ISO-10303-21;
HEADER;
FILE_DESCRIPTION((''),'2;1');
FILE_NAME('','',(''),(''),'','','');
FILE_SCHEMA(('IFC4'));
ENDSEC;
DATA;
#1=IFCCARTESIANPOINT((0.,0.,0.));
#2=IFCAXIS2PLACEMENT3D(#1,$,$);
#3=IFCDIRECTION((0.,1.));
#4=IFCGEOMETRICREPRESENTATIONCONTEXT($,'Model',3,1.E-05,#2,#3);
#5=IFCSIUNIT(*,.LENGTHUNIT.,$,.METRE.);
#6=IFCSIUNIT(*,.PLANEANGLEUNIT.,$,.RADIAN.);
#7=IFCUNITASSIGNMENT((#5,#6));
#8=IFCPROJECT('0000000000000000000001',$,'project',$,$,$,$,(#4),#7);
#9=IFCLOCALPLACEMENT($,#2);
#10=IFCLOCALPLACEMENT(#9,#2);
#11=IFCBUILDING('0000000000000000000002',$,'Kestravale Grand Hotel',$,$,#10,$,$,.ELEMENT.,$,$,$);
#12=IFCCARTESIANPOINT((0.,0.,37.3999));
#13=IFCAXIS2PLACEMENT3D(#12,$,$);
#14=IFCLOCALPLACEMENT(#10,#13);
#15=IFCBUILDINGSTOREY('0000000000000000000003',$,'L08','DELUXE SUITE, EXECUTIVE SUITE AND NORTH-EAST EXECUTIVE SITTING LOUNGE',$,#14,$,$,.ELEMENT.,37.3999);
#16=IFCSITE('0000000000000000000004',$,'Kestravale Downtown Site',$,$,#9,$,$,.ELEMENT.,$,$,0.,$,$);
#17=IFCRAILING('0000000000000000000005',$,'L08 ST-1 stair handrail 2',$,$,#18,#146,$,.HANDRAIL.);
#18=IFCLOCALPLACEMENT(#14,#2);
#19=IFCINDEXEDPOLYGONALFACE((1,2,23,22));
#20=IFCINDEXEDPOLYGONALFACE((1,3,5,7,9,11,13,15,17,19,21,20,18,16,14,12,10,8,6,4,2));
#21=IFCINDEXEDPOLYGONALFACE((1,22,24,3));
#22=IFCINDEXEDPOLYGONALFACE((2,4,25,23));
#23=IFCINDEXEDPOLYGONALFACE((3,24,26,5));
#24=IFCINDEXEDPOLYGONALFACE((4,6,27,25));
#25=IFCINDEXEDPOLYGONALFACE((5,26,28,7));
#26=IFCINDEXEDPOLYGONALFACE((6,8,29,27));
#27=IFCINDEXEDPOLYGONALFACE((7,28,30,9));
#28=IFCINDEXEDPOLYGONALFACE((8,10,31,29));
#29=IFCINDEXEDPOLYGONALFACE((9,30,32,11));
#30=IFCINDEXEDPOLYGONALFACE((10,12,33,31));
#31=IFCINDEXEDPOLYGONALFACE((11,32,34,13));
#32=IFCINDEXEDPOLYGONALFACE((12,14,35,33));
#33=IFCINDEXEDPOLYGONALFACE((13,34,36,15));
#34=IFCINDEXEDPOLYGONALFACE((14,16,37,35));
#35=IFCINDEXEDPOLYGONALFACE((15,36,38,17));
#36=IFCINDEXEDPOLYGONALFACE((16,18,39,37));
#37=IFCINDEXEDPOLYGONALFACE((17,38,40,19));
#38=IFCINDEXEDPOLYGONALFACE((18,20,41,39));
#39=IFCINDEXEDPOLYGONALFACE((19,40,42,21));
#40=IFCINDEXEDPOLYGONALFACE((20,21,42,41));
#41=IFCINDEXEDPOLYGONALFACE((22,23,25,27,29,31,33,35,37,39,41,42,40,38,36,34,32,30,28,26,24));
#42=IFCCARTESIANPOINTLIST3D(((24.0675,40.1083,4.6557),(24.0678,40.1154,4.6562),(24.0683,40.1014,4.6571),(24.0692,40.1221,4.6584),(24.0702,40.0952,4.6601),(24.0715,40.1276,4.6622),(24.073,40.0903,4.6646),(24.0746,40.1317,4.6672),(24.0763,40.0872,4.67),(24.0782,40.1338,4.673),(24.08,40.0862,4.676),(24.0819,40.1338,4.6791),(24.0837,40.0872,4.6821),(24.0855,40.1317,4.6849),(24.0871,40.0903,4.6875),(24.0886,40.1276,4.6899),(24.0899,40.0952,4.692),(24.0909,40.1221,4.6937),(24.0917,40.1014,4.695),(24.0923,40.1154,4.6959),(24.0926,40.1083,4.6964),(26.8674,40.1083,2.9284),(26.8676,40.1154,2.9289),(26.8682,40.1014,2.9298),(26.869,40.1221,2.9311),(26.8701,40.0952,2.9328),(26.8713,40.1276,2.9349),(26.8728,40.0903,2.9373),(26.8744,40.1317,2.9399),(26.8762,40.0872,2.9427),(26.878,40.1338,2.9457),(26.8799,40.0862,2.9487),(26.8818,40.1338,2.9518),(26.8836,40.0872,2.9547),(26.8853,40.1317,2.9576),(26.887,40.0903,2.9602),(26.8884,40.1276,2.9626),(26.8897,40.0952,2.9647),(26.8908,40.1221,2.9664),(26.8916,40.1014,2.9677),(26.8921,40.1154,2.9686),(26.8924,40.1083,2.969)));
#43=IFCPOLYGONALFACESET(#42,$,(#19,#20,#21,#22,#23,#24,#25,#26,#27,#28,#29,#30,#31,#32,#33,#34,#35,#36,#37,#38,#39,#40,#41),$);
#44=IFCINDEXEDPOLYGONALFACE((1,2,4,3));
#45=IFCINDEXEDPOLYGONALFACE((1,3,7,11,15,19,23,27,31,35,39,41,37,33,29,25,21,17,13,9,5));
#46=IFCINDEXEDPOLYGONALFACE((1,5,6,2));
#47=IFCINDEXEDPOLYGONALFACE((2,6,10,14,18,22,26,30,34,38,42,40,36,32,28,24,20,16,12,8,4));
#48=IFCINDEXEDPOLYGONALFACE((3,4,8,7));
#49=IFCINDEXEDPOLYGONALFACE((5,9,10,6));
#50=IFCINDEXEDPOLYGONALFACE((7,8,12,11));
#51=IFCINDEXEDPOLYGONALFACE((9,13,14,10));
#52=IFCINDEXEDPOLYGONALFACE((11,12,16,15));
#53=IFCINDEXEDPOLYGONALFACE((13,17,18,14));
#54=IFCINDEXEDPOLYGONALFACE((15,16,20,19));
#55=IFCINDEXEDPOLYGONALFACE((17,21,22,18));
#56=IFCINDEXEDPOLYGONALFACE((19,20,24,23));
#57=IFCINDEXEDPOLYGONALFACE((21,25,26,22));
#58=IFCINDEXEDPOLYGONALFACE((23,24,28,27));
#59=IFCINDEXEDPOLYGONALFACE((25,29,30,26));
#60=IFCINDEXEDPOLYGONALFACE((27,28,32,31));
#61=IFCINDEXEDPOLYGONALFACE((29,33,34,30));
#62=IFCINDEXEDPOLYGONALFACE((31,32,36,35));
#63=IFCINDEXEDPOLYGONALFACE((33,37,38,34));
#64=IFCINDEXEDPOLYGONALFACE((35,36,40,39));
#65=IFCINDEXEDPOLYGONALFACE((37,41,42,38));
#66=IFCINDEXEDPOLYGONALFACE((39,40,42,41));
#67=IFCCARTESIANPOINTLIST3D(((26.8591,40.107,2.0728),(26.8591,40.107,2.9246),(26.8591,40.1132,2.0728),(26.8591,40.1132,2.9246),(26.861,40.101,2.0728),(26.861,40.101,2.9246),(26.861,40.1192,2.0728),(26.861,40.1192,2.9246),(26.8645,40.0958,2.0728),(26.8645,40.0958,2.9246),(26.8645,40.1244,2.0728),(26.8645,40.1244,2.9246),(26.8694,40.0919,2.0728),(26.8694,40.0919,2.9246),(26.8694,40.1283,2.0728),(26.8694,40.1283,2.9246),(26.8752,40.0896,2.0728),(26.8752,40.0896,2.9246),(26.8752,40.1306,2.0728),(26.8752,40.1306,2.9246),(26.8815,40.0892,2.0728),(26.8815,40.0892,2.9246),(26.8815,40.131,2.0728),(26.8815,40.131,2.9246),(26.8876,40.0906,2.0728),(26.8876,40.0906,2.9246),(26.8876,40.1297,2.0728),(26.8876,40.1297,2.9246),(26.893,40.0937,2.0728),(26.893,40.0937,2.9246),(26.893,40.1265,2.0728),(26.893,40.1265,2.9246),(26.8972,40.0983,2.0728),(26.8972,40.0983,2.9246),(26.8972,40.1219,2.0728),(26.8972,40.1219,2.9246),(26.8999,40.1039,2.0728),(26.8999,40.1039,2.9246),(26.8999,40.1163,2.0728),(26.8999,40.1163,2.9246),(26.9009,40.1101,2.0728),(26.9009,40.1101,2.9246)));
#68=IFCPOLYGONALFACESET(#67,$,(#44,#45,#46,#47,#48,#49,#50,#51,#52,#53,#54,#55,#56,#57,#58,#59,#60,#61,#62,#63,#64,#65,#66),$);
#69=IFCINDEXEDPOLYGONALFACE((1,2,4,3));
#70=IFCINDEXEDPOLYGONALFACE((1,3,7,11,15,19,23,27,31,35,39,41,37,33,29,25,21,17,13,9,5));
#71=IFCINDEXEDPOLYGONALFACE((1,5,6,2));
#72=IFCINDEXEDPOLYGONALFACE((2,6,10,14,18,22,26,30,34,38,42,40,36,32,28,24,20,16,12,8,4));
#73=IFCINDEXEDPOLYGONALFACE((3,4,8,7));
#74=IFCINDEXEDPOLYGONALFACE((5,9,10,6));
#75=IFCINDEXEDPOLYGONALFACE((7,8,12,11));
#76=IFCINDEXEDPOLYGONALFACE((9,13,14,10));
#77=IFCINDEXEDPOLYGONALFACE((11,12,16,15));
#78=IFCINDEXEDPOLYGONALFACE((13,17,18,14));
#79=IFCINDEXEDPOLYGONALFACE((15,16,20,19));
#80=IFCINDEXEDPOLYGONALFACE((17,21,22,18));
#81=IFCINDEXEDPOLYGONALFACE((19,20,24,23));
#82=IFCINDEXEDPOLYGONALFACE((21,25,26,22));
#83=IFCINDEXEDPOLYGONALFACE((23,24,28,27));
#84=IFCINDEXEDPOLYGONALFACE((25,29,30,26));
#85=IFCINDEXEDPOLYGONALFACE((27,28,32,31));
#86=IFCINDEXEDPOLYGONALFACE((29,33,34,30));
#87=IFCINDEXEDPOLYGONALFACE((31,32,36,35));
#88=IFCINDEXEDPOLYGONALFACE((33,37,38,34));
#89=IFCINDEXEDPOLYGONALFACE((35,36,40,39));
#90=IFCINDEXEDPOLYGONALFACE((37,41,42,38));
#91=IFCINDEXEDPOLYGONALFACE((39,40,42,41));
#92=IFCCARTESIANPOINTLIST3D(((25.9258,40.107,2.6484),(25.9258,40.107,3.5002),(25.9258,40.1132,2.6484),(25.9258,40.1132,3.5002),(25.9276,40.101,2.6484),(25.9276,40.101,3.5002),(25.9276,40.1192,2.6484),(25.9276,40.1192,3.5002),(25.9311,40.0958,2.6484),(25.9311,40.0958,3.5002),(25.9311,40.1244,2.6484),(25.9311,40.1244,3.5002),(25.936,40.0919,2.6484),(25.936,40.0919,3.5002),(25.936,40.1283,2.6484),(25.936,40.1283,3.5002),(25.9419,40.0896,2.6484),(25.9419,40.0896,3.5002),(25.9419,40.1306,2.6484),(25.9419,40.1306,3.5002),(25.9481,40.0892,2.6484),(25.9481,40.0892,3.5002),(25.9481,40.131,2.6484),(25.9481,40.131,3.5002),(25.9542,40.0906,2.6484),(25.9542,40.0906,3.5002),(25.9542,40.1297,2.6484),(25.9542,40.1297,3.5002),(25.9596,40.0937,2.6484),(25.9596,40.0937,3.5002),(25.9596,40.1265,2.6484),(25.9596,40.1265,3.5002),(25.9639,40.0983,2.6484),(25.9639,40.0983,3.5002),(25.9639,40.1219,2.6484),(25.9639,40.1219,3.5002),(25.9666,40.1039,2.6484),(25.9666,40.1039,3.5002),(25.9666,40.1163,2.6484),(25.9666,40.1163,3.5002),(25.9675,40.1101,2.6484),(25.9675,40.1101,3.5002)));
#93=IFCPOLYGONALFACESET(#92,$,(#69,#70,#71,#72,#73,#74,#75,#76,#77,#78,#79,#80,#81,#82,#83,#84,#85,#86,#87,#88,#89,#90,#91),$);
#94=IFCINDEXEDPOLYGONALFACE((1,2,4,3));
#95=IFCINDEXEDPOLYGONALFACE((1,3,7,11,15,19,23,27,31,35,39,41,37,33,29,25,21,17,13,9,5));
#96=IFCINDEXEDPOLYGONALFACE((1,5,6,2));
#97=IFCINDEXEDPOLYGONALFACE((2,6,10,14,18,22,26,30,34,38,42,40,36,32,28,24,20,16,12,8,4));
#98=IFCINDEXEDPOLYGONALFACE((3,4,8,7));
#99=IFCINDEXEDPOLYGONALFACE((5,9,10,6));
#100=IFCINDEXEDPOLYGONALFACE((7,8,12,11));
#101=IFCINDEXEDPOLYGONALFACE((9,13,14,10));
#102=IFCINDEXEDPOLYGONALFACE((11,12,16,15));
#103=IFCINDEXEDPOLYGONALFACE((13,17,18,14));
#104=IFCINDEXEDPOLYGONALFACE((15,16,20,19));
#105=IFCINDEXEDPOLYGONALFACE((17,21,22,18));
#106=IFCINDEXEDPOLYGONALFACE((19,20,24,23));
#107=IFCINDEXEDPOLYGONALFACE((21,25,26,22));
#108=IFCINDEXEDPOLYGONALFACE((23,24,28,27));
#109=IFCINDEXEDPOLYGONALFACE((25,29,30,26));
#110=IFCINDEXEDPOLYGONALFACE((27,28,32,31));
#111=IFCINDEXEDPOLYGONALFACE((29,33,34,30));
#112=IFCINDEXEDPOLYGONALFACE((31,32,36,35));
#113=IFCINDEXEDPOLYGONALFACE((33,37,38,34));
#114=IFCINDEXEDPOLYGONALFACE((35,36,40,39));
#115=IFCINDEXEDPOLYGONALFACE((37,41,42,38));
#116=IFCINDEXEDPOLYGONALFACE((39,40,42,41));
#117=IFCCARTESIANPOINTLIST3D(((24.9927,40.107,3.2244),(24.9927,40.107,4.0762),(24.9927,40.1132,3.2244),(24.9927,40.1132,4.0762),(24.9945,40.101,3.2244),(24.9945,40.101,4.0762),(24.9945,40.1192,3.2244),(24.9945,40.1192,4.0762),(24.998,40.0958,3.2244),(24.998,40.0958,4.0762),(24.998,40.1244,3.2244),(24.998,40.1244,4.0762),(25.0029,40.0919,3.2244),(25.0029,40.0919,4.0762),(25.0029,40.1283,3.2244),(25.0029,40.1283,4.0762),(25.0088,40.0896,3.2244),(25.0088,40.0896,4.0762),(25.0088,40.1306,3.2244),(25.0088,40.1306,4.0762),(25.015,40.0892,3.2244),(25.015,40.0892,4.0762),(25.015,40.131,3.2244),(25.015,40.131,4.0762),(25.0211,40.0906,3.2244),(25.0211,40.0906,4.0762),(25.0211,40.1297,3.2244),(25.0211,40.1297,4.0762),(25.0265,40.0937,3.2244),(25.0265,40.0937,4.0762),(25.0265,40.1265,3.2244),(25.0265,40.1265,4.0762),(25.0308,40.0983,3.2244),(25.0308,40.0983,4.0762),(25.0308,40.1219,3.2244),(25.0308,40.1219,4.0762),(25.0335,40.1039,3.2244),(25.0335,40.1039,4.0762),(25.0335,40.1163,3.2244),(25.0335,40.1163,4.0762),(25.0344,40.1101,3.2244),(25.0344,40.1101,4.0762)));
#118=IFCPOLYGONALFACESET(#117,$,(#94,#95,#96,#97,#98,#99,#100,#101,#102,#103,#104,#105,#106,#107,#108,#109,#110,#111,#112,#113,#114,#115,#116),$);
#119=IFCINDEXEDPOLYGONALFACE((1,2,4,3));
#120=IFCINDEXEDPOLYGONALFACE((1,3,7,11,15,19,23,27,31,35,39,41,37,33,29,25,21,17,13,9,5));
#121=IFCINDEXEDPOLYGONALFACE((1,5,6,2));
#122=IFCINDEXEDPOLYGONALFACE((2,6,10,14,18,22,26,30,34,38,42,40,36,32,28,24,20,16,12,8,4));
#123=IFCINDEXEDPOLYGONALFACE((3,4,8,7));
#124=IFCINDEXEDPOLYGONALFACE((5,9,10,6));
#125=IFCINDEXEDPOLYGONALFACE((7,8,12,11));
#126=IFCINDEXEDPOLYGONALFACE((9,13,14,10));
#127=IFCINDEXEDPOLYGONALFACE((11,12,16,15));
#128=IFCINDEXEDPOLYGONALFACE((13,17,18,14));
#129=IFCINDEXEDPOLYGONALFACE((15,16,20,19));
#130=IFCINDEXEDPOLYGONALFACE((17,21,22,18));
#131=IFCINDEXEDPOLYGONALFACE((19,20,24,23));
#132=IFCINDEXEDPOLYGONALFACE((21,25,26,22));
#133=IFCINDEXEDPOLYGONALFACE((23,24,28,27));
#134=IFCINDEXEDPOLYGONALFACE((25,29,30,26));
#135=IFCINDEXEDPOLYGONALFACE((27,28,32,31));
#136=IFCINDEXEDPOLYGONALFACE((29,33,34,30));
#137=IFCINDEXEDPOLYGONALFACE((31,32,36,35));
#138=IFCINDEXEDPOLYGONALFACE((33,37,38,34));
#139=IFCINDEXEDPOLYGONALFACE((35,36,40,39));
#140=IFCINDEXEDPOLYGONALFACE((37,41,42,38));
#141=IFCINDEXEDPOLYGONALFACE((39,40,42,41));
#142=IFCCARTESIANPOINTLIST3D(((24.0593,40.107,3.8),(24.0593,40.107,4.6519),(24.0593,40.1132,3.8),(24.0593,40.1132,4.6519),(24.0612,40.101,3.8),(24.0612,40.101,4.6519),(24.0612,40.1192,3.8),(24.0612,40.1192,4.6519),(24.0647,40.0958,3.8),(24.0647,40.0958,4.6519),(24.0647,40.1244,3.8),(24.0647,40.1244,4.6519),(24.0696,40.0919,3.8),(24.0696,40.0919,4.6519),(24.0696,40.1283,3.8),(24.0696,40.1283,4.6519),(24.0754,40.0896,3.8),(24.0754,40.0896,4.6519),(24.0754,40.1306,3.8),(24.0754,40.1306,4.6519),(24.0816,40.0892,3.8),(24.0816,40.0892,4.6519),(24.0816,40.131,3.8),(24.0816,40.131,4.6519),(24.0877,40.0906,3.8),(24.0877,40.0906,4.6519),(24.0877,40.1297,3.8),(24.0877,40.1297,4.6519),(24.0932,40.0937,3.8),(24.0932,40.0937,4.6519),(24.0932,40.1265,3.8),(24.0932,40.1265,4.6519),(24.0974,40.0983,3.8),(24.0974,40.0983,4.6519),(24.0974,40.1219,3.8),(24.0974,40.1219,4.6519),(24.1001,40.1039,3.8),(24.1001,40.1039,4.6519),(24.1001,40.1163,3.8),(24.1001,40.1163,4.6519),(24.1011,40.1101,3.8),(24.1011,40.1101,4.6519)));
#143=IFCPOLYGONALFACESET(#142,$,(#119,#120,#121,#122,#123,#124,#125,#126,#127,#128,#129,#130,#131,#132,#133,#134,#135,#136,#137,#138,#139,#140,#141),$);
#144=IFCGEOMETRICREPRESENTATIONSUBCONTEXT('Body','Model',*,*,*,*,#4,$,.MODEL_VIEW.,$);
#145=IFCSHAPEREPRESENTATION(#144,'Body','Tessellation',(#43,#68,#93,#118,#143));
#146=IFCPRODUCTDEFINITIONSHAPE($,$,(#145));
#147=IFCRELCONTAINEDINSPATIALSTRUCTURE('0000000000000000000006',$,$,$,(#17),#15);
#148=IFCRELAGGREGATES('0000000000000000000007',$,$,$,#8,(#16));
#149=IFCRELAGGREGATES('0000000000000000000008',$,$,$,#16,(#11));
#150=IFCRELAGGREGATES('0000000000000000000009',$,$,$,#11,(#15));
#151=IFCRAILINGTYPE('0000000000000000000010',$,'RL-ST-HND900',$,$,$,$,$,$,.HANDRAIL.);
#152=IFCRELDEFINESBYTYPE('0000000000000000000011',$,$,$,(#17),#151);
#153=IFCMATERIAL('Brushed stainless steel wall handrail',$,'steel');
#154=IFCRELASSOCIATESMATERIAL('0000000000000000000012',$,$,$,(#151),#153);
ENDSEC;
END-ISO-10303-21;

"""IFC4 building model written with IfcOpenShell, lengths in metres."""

from ifc_helpers import new_model, si_unit, direction, frame, origin, origin_2d, place, context, subcontext, project, spatial, circle, extrude, material, type_object, element, save


model = new_model("IFC4")

# Units and contexts
model_context = context("Model", 3, precision=1e-05, world=origin(), true_north=direction((0.0, 1.0)))
body_context = subcontext(model_context, "Body", "Model", "MODEL_VIEW")
ifc_project = project(units=[si_unit("LENGTHUNIT", "METRE"), si_unit("PLANEANGLEUNIT", "RADIAN")], contexts=[model_context])

# Site, building, storey
site_placement = place(None, origin())
site = spatial("IfcSite", under=ifc_project, at=site_placement, Name="Kestravale Downtown Site", CompositionType="ELEMENT", RefElevation=0.0)
building_placement = place(site_placement, origin())
building = spatial("IfcBuilding", under=site, at=building_placement, Name="Kestravale Grand Hotel", CompositionType="ELEMENT")
storey_placement = place(building_placement, frame((0.0, 0.0, 37.3999)))
storey = spatial("IfcBuildingStorey", under=building, at=storey_placement, Name="L08", Description="DELUXE SUITE, EXECUTIVE SUITE AND NORTH-EAST EXECUTIVE SITTING LOUNGE", CompositionType="ELEMENT", Elevation=37.3999)

# Railing
ifc_material_1 = material(Name="Brushed stainless steel wall handrail", Category="steel")
railing_type_1 = type_object("IfcRailingType", Name="RL-ST-HND900", PredefinedType="HANDRAIL", material=ifc_material_1)
railing_1_placement = place(storey_placement, frame((26.8799, 40.1101, 2.0728)))
element("IfcRailing", 1, at=railing_1_placement, inside=storey, type_object=railing_type_1, Name="L08 ST-1 stair handrail 2", PredefinedType="HANDRAIL", context=body_context, shape_type="SweptSolid", body=[
    extrude(circle(Radius=0.0239, at=origin_2d()), frame((0.0, 0.0, 0.876), z_axis=(-0.851069, 0.0, 0.525054), x_axis=(0.0, -1.0, 0.0)), (0.0, 0.0, 1.0), 3.2898),
    extrude(circle(Radius=0.021, at=origin_2d()), origin(), (0.0, 0.0, 1.0), 0.8518),
    extrude(circle(Radius=0.021, at=origin_2d()), frame((-0.9333, 0.0, 0.5757)), (0.0, 0.0, 1.0), 0.8518),
    extrude(circle(Radius=0.021, at=origin_2d()), frame((-1.8665, 0.0, 1.1516)), (0.0, 0.0, 1.0), 0.8518),
    extrude(circle(Radius=0.021, at=origin_2d()), frame((-2.7998, 0.0, 1.7273)), (0.0, 0.0, 1.0), 0.8518),
])

save(model, "model.ifc")
